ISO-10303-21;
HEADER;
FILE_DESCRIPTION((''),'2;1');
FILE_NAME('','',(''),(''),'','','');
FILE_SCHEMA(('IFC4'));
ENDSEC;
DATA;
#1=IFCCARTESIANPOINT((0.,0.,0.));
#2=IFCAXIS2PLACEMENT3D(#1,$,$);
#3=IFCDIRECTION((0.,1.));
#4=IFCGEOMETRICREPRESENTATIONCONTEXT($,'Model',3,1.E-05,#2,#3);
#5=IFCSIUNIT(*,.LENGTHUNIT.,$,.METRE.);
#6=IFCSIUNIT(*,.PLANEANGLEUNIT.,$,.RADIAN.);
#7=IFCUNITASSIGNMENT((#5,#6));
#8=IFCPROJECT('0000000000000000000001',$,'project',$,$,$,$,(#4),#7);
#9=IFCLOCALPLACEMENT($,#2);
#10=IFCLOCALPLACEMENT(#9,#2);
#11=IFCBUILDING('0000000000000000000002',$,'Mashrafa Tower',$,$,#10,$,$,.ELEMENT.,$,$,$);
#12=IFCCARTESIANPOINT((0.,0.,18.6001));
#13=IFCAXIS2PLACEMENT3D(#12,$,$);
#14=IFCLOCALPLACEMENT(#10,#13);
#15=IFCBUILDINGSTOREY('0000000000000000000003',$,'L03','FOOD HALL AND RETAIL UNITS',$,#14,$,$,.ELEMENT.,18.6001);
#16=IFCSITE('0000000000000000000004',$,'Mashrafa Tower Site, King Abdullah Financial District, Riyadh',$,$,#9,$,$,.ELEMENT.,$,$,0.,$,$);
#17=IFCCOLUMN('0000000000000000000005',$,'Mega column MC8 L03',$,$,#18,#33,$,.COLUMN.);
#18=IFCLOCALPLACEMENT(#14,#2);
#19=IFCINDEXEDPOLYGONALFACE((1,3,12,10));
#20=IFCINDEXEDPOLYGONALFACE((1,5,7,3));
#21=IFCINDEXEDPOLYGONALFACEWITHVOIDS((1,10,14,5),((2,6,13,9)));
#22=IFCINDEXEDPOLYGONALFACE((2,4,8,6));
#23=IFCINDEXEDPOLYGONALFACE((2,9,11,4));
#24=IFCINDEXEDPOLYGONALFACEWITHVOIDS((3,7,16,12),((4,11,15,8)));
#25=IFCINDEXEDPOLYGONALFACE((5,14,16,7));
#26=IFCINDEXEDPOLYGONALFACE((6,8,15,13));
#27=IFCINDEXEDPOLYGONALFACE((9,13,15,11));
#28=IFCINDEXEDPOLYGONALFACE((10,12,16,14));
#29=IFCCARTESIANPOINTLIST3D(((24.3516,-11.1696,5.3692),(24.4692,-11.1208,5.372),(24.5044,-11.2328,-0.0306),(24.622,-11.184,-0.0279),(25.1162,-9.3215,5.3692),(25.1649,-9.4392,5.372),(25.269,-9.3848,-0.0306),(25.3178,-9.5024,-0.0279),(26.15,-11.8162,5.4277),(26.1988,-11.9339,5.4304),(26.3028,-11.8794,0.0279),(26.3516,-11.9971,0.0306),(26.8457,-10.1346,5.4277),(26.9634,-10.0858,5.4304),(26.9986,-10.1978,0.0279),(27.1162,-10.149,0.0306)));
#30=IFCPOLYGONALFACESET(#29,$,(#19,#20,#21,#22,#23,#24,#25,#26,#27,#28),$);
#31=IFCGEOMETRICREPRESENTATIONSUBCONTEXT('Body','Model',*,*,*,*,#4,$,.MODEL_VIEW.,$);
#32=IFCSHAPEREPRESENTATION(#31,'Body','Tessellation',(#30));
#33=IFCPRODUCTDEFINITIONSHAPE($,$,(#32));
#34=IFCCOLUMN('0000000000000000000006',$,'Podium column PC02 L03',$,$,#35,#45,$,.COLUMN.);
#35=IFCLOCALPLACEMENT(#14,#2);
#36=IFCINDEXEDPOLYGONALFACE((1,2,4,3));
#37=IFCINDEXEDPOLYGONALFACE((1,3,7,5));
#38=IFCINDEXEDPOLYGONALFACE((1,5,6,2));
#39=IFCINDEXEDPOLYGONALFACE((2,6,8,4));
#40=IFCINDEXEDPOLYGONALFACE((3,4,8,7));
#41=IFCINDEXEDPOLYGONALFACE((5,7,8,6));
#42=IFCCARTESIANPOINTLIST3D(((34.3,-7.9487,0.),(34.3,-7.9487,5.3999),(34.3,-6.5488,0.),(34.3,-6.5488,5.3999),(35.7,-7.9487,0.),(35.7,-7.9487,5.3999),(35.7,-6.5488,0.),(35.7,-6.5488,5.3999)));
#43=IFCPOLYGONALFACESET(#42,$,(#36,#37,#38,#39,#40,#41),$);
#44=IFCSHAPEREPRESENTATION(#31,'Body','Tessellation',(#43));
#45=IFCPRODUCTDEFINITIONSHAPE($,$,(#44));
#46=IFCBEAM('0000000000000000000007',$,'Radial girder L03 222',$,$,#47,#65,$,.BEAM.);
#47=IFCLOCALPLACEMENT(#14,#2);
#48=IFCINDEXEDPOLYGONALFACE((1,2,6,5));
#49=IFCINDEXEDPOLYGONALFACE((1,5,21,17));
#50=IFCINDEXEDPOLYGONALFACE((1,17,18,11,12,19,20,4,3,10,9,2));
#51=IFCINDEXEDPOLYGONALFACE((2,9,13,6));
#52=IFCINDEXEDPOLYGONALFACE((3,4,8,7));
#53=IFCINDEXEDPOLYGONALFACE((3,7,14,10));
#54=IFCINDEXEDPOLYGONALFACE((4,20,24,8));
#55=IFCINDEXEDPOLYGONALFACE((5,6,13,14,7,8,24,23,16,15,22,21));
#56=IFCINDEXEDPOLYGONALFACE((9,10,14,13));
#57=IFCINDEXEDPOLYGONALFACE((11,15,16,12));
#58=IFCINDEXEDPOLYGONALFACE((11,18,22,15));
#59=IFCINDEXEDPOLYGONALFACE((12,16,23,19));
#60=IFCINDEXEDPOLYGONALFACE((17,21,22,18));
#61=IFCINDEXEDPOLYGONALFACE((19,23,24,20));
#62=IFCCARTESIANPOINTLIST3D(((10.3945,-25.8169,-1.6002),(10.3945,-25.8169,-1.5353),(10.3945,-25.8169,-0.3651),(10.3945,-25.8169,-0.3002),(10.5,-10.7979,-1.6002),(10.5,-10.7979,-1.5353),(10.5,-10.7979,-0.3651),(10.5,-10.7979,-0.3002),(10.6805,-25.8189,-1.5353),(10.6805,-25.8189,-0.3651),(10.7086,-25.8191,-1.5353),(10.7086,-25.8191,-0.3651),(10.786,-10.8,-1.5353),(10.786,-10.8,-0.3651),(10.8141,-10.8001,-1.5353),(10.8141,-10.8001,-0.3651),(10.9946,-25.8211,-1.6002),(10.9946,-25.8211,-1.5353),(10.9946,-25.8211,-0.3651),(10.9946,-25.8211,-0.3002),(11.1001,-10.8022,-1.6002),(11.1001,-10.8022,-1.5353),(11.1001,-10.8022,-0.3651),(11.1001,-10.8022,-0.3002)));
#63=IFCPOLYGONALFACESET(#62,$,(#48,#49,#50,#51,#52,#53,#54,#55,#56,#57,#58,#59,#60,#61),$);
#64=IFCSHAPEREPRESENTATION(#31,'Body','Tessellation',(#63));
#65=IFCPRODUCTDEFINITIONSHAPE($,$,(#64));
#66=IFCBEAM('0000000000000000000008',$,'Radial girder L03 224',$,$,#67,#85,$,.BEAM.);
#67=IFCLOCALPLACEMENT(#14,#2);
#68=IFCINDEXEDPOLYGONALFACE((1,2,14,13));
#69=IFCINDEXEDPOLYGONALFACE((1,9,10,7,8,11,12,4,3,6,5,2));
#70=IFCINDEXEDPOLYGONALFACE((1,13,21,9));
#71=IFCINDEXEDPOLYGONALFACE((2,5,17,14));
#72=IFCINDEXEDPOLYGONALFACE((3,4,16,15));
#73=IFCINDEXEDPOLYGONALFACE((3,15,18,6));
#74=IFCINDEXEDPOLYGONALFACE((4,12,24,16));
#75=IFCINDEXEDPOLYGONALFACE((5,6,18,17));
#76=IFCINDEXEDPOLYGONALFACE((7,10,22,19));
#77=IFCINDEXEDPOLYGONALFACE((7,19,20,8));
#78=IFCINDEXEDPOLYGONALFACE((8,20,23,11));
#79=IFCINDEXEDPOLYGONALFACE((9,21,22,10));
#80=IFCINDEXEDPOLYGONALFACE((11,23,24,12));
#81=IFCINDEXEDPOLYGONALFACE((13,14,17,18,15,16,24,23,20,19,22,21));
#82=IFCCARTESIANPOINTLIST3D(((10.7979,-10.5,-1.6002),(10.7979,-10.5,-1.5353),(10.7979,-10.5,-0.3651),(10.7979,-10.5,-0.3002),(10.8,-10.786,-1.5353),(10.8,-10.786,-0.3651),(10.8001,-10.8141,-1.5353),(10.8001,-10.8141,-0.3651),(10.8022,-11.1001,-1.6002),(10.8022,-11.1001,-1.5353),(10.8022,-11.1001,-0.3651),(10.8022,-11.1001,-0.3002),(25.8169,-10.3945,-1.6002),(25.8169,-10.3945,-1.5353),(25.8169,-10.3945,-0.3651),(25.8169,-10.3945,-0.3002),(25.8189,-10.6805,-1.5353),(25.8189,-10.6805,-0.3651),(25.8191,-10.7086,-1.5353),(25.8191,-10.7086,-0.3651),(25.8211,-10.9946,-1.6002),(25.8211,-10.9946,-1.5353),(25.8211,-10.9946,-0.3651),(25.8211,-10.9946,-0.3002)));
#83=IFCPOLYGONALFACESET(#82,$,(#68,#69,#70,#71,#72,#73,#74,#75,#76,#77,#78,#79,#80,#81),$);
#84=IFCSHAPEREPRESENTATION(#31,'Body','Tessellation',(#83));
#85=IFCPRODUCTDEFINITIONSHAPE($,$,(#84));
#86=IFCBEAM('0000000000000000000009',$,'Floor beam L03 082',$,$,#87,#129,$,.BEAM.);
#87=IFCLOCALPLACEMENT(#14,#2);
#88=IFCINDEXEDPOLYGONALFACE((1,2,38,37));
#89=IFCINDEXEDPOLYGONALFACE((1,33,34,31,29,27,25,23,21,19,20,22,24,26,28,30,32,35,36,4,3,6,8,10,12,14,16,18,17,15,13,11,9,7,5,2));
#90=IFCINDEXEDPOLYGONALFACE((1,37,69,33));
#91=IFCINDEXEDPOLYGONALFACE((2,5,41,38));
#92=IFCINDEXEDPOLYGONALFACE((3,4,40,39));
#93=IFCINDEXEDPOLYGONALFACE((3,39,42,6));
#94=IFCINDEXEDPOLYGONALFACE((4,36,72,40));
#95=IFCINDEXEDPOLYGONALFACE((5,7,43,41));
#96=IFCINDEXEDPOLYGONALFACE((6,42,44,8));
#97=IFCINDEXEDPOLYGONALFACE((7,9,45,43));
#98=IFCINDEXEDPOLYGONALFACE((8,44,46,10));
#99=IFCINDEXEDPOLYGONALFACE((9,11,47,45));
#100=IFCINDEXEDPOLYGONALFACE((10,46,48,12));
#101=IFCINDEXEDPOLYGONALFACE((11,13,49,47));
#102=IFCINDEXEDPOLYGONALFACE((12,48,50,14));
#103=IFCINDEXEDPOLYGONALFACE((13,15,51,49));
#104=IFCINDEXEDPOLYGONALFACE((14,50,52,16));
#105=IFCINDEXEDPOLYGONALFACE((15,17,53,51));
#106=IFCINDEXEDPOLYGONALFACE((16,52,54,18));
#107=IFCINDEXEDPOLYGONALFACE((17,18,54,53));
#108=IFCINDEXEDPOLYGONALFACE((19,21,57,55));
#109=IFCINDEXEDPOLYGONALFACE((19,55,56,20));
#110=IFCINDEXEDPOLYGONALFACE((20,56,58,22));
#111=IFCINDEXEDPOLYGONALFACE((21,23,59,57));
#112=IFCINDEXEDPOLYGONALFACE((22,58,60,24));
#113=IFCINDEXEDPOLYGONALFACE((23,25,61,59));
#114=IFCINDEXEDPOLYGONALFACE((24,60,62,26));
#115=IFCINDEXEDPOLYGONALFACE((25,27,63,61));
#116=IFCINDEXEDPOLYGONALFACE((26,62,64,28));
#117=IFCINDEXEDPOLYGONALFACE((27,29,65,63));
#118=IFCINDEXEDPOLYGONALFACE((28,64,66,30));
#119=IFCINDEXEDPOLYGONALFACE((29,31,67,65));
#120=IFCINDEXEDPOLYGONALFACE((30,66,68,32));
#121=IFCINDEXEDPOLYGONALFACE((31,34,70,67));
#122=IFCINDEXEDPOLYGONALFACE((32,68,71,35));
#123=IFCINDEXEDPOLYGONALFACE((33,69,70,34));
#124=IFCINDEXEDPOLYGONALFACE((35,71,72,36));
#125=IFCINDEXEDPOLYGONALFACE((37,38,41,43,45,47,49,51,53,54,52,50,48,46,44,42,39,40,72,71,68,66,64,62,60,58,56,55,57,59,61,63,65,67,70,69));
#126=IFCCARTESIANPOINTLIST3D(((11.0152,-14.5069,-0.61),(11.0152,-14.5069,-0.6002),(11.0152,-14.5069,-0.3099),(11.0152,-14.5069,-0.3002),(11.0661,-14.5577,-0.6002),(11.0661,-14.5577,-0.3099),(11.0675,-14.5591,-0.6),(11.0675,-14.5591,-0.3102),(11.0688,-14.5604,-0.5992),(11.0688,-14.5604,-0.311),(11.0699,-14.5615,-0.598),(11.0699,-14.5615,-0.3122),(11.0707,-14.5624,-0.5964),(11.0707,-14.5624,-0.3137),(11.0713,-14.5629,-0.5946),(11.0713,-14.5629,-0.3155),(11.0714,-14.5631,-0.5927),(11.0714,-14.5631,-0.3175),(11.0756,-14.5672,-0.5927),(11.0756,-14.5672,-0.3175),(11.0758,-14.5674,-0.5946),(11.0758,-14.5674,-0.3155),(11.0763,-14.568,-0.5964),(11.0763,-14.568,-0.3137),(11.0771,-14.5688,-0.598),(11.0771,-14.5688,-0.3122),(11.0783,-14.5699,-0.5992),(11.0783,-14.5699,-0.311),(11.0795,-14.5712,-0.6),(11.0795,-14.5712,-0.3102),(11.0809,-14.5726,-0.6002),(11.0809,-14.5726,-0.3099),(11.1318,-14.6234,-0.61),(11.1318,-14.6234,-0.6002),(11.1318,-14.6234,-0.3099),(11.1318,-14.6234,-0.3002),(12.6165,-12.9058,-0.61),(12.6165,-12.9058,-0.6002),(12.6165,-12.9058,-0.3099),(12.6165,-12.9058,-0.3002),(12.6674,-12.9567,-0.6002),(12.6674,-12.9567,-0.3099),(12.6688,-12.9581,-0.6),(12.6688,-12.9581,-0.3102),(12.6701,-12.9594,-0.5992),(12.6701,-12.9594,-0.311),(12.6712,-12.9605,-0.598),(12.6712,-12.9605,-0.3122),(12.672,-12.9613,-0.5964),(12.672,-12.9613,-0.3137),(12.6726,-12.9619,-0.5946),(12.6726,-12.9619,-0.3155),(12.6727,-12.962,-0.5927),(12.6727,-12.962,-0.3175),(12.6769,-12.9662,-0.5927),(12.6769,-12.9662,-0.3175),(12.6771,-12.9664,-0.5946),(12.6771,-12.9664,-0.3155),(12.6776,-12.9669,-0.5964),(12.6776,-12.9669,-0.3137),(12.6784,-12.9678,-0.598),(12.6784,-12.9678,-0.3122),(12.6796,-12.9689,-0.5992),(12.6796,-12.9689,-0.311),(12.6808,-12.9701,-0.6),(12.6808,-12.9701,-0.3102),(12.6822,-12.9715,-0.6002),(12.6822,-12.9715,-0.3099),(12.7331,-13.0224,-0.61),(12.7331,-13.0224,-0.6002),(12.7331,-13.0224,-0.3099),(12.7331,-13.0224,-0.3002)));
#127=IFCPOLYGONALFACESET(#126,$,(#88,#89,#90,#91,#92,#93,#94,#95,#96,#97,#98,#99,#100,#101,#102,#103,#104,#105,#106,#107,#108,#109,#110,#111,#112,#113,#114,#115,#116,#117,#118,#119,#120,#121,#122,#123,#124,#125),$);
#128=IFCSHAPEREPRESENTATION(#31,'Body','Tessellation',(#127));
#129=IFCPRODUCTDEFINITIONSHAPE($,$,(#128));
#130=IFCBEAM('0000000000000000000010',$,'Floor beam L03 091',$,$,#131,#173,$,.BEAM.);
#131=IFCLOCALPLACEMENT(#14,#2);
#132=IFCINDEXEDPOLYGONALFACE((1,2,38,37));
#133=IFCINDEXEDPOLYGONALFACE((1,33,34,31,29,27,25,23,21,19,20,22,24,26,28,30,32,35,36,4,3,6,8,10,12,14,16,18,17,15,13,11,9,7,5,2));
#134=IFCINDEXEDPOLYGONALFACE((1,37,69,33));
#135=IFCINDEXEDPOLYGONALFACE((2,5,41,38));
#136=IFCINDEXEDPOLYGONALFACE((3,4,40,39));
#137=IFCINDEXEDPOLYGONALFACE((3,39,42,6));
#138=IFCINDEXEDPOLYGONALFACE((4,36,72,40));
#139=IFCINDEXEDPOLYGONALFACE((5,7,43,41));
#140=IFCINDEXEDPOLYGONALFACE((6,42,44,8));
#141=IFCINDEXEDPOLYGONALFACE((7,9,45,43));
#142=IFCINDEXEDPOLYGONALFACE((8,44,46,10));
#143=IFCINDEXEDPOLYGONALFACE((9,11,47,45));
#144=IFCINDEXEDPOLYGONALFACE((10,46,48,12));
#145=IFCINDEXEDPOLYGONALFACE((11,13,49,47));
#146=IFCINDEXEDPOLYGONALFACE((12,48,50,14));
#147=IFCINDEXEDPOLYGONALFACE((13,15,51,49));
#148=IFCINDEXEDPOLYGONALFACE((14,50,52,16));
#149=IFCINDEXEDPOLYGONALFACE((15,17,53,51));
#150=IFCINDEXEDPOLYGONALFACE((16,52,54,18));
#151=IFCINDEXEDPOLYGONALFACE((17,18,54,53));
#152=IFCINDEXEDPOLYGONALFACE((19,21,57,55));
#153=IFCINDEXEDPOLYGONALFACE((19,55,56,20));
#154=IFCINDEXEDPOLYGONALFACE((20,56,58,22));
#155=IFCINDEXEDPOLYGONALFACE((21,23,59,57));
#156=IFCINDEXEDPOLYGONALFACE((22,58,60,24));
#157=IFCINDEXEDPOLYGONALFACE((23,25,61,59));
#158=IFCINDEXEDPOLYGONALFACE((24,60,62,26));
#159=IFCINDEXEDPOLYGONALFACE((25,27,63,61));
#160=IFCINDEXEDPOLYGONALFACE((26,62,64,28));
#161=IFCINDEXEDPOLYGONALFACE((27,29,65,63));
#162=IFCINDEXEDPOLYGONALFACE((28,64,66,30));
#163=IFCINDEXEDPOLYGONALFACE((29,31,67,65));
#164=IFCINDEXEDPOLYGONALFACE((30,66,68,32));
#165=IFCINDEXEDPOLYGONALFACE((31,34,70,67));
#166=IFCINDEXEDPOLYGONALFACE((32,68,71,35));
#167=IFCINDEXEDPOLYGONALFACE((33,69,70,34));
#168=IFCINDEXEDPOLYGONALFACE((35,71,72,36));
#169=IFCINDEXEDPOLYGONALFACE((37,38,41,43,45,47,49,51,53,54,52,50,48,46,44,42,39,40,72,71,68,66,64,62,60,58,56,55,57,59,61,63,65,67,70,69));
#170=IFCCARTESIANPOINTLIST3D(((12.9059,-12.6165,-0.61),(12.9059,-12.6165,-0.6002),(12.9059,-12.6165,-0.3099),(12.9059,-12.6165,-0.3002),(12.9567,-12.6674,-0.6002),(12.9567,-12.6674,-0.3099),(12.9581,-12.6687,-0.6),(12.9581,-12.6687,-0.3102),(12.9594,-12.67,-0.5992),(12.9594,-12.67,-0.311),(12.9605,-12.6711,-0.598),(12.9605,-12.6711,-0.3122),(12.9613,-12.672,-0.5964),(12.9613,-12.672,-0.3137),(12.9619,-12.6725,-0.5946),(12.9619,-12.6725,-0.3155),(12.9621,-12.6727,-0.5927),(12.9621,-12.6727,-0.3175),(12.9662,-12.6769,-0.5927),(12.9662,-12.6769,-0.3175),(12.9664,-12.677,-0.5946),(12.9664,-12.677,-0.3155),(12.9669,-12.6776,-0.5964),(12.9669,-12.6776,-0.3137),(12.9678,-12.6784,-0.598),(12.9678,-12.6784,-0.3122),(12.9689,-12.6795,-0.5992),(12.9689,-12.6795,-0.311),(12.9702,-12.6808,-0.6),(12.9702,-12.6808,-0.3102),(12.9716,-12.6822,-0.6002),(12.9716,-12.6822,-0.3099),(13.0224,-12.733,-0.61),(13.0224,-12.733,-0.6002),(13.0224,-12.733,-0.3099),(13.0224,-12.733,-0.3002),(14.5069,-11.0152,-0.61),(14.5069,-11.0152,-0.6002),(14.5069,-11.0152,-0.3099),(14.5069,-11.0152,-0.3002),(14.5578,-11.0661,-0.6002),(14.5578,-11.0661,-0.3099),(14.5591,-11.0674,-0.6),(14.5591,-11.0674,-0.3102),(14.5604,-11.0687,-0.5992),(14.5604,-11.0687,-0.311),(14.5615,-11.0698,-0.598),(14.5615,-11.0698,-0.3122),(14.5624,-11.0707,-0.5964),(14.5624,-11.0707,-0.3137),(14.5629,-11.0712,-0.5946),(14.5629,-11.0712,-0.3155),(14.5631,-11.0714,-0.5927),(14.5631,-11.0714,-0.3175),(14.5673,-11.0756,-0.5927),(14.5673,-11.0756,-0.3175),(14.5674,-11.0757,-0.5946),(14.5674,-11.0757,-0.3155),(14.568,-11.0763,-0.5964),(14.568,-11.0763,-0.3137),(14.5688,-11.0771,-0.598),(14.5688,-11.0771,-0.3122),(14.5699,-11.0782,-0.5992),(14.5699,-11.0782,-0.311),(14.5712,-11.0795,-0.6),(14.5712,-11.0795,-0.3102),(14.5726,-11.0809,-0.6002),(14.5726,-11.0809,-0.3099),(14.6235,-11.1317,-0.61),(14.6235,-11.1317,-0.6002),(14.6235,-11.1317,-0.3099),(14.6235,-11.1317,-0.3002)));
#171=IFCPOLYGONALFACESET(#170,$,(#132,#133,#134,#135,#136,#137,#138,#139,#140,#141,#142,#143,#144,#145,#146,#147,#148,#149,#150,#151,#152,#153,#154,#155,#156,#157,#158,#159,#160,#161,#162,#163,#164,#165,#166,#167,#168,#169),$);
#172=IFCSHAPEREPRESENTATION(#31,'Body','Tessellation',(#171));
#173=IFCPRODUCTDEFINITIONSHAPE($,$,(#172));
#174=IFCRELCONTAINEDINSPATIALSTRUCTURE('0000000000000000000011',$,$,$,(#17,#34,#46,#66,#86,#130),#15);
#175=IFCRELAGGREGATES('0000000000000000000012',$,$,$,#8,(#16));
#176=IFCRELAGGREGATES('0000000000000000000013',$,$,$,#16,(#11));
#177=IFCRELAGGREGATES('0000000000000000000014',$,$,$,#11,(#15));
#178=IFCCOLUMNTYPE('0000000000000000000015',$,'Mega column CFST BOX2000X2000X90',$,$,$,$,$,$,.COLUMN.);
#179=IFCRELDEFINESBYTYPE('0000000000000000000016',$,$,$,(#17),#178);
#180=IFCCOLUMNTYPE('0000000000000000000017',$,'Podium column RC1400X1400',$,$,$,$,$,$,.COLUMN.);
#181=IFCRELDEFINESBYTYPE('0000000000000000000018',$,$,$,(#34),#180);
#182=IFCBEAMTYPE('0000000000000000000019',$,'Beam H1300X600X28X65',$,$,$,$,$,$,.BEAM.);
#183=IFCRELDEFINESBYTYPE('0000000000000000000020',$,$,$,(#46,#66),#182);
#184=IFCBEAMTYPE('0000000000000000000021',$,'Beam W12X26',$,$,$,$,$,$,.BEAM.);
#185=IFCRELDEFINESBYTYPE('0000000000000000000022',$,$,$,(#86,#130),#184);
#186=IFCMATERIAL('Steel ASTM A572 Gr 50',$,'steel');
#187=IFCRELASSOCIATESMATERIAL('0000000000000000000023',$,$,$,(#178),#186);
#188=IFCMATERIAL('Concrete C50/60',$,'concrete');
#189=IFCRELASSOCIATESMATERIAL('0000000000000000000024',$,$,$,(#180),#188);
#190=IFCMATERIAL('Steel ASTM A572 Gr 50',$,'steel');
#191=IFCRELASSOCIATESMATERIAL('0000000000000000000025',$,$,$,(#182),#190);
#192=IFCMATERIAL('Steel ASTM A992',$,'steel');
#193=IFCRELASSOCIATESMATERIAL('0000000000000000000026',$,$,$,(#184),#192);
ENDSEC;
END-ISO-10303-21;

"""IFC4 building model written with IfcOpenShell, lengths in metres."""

from ifc_helpers import new_model, si_unit, direction, frame, origin, origin_2d, place, context, subcontext, project, spatial, rectangle, hollow_rectangle, i_section, extrude, material, material_profile, profile_set, type_object, element, save


model = new_model("IFC4")

# Units and contexts
model_context = context("Model", 3, precision=1e-05, world=origin(), true_north=direction((0.0, 1.0)))
body_context = subcontext(model_context, "Body", "Model", "MODEL_VIEW")
ifc_project = project(units=[si_unit("LENGTHUNIT", "METRE"), si_unit("PLANEANGLEUNIT", "RADIAN")], contexts=[model_context])

# Site, building, storey
site_placement = place(None, origin())
site = spatial("IfcSite", under=ifc_project, at=site_placement, Name="Mashrafa Tower Site, King Abdullah Financial District, Riyadh", CompositionType="ELEMENT", RefElevation=0.0)
building_placement = place(site_placement, origin())
building = spatial("IfcBuilding", under=site, at=building_placement, Name="Mashrafa Tower", CompositionType="ELEMENT")
storey_placement = place(building_placement, frame((0.0, 0.0, 18.6001)))
storey = spatial("IfcBuildingStorey", under=building, at=storey_placement, Name="L03", Description="FOOD HALL AND RETAIL UNITS", CompositionType="ELEMENT", Elevation=18.6001)

# Columns
ifc_material_1 = material(Name="Steel ASTM A572 Gr 50", Category="steel")
ifc_material_profile_1 = material_profile(ifc_material_1, hollow_rectangle(XDim=2.0, YDim=2.0, WallThickness=0.0901, at=origin_2d()), Name="BOX2000X2000X90")
ifc_profile_set_1 = profile_set([ifc_material_profile_1], Name="Steel ASTM A572 Gr 50")
column_type_1 = type_object("IfcColumnType", Name="Mega column CFST BOX2000X2000X90", PredefinedType="COLUMN", material=ifc_profile_set_1)
column_1_placement = place(storey_placement, frame((25.8103, -10.6909, 0.0), z_axis=(-0.028289, 0.011704, 0.999531), x_axis=(-0.382308, -0.924035, 0.0)))
element("IfcColumn", 1, at=column_1_placement, inside=storey, type_object=column_type_1, Name="Mega column MC8 L03", PredefinedType="COLUMN", context=body_context, shape_type="SweptSolid", body=[
    extrude(hollow_rectangle(XDim=2.0, YDim=2.0, WallThickness=0.0901, at=origin_2d()), origin(), (0.0, 0.0, 1.0), 5.4023),
])
ifc_material_2 = material(Name="Concrete C50/60", Category="concrete")
ifc_material_profile_2 = material_profile(ifc_material_2, rectangle(XDim=1.3999, YDim=1.3999, at=origin_2d()), Name="RC1400X1400")
ifc_profile_set_2 = profile_set([ifc_material_profile_2], Name="Concrete C50/60")
column_type_2 = type_object("IfcColumnType", Name="Podium column RC1400X1400", PredefinedType="COLUMN", material=ifc_profile_set_2)
column_2_placement = place(storey_placement, frame((35.0, -7.2488, 0.0), z_axis=(0.0, 0.0, 1.0), x_axis=(1.0, 0.0, 0.0)))
element("IfcColumn", 2, at=column_2_placement, inside=storey, type_object=column_type_2, Name="Podium column PC02 L03", PredefinedType="COLUMN", context=body_context, shape_type="SweptSolid", body=[
    extrude(rectangle(XDim=1.3999, YDim=1.3999, at=origin_2d()), origin(), (0.0, 0.0, 1.0), 5.3999),
])

# Beams
ifc_material_3 = material(Name="Steel ASTM A572 Gr 50", Category="steel")
ifc_material_profile_3 = material_profile(ifc_material_3, i_section(OverallWidth=0.6001, OverallDepth=1.3, WebThickness=0.0281, FlangeThickness=0.0649, at=origin_2d()), Name="H1300X600X28X65")
ifc_profile_set_3 = profile_set([ifc_material_profile_3], Name="Steel ASTM A572 Gr 50")
beam_type_1 = type_object("IfcBeamType", Name="Beam H1300X600X28X65", PredefinedType="BEAM", material=ifc_profile_set_3)
for number, where, z_axis, x_axis, name in (
    (3, (10.8, -10.8, -0.9502), (-0.007022, -0.999975, 0.0), (0.999975, -0.007022, 0.0), "Radial girder L03 222"),
    (4, (10.8, -10.8, -0.9502), (0.999975, 0.007022, 0.0), (-0.007022, 0.999975, 0.0), "Radial girder L03 224"),
):
    element("IfcBeam", number, at=place(storey_placement, frame(where, z_axis=z_axis, x_axis=x_axis)), inside=storey, type_object=beam_type_1, Name=name, PredefinedType="BEAM", context=body_context, shape_type="SweptSolid", body=[
        extrude(i_section(OverallWidth=0.6001, OverallDepth=1.3, WebThickness=0.0281, FlangeThickness=0.0649, at=origin_2d()), origin(), (0.0, 0.0, 1.0), 15.0193),
    ])
ifc_material_4 = material(Name="Steel ASTM A992", Category="steel")
ifc_material_profile_4 = material_profile(ifc_material_4, i_section(OverallWidth=0.1648, OverallDepth=0.3098, WebThickness=0.0059, FlangeThickness=0.0098, FilletRadius=0.0076, at=origin_2d()), Name="W12X26")
ifc_profile_set_4 = profile_set([ifc_material_profile_4], Name="Steel ASTM A992")
beam_type_2 = type_object("IfcBeamType", Name="Beam W12X26", PredefinedType="BEAM", material=ifc_profile_set_4)
for number, where, z_axis, x_axis, name in (
    (5, (12.6748, -12.9641, -0.4551), (-0.707161, -0.707053, 0.0), (0.707053, -0.707161, 0.0), "Floor beam L03 082"),
    (6, (14.5652, -11.0735, -0.4551), (-0.707053, -0.707161, 0.0), (0.707161, -0.707053, 0.0), "Floor beam L03 091"),
):
    element("IfcBeam", number, at=place(storey_placement, frame(where, z_axis=z_axis, x_axis=x_axis)), inside=storey, type_object=beam_type_2, Name=name, PredefinedType="BEAM", context=body_context, shape_type="SweptSolid", body=[
        extrude(i_section(OverallWidth=0.1648, OverallDepth=0.3098, WebThickness=0.0059, FlangeThickness=0.0098, FilletRadius=0.0076, at=origin_2d()), origin(), (0.0, 0.0, 1.0), 2.2644),
    ])

save(model, "model.ifc")
